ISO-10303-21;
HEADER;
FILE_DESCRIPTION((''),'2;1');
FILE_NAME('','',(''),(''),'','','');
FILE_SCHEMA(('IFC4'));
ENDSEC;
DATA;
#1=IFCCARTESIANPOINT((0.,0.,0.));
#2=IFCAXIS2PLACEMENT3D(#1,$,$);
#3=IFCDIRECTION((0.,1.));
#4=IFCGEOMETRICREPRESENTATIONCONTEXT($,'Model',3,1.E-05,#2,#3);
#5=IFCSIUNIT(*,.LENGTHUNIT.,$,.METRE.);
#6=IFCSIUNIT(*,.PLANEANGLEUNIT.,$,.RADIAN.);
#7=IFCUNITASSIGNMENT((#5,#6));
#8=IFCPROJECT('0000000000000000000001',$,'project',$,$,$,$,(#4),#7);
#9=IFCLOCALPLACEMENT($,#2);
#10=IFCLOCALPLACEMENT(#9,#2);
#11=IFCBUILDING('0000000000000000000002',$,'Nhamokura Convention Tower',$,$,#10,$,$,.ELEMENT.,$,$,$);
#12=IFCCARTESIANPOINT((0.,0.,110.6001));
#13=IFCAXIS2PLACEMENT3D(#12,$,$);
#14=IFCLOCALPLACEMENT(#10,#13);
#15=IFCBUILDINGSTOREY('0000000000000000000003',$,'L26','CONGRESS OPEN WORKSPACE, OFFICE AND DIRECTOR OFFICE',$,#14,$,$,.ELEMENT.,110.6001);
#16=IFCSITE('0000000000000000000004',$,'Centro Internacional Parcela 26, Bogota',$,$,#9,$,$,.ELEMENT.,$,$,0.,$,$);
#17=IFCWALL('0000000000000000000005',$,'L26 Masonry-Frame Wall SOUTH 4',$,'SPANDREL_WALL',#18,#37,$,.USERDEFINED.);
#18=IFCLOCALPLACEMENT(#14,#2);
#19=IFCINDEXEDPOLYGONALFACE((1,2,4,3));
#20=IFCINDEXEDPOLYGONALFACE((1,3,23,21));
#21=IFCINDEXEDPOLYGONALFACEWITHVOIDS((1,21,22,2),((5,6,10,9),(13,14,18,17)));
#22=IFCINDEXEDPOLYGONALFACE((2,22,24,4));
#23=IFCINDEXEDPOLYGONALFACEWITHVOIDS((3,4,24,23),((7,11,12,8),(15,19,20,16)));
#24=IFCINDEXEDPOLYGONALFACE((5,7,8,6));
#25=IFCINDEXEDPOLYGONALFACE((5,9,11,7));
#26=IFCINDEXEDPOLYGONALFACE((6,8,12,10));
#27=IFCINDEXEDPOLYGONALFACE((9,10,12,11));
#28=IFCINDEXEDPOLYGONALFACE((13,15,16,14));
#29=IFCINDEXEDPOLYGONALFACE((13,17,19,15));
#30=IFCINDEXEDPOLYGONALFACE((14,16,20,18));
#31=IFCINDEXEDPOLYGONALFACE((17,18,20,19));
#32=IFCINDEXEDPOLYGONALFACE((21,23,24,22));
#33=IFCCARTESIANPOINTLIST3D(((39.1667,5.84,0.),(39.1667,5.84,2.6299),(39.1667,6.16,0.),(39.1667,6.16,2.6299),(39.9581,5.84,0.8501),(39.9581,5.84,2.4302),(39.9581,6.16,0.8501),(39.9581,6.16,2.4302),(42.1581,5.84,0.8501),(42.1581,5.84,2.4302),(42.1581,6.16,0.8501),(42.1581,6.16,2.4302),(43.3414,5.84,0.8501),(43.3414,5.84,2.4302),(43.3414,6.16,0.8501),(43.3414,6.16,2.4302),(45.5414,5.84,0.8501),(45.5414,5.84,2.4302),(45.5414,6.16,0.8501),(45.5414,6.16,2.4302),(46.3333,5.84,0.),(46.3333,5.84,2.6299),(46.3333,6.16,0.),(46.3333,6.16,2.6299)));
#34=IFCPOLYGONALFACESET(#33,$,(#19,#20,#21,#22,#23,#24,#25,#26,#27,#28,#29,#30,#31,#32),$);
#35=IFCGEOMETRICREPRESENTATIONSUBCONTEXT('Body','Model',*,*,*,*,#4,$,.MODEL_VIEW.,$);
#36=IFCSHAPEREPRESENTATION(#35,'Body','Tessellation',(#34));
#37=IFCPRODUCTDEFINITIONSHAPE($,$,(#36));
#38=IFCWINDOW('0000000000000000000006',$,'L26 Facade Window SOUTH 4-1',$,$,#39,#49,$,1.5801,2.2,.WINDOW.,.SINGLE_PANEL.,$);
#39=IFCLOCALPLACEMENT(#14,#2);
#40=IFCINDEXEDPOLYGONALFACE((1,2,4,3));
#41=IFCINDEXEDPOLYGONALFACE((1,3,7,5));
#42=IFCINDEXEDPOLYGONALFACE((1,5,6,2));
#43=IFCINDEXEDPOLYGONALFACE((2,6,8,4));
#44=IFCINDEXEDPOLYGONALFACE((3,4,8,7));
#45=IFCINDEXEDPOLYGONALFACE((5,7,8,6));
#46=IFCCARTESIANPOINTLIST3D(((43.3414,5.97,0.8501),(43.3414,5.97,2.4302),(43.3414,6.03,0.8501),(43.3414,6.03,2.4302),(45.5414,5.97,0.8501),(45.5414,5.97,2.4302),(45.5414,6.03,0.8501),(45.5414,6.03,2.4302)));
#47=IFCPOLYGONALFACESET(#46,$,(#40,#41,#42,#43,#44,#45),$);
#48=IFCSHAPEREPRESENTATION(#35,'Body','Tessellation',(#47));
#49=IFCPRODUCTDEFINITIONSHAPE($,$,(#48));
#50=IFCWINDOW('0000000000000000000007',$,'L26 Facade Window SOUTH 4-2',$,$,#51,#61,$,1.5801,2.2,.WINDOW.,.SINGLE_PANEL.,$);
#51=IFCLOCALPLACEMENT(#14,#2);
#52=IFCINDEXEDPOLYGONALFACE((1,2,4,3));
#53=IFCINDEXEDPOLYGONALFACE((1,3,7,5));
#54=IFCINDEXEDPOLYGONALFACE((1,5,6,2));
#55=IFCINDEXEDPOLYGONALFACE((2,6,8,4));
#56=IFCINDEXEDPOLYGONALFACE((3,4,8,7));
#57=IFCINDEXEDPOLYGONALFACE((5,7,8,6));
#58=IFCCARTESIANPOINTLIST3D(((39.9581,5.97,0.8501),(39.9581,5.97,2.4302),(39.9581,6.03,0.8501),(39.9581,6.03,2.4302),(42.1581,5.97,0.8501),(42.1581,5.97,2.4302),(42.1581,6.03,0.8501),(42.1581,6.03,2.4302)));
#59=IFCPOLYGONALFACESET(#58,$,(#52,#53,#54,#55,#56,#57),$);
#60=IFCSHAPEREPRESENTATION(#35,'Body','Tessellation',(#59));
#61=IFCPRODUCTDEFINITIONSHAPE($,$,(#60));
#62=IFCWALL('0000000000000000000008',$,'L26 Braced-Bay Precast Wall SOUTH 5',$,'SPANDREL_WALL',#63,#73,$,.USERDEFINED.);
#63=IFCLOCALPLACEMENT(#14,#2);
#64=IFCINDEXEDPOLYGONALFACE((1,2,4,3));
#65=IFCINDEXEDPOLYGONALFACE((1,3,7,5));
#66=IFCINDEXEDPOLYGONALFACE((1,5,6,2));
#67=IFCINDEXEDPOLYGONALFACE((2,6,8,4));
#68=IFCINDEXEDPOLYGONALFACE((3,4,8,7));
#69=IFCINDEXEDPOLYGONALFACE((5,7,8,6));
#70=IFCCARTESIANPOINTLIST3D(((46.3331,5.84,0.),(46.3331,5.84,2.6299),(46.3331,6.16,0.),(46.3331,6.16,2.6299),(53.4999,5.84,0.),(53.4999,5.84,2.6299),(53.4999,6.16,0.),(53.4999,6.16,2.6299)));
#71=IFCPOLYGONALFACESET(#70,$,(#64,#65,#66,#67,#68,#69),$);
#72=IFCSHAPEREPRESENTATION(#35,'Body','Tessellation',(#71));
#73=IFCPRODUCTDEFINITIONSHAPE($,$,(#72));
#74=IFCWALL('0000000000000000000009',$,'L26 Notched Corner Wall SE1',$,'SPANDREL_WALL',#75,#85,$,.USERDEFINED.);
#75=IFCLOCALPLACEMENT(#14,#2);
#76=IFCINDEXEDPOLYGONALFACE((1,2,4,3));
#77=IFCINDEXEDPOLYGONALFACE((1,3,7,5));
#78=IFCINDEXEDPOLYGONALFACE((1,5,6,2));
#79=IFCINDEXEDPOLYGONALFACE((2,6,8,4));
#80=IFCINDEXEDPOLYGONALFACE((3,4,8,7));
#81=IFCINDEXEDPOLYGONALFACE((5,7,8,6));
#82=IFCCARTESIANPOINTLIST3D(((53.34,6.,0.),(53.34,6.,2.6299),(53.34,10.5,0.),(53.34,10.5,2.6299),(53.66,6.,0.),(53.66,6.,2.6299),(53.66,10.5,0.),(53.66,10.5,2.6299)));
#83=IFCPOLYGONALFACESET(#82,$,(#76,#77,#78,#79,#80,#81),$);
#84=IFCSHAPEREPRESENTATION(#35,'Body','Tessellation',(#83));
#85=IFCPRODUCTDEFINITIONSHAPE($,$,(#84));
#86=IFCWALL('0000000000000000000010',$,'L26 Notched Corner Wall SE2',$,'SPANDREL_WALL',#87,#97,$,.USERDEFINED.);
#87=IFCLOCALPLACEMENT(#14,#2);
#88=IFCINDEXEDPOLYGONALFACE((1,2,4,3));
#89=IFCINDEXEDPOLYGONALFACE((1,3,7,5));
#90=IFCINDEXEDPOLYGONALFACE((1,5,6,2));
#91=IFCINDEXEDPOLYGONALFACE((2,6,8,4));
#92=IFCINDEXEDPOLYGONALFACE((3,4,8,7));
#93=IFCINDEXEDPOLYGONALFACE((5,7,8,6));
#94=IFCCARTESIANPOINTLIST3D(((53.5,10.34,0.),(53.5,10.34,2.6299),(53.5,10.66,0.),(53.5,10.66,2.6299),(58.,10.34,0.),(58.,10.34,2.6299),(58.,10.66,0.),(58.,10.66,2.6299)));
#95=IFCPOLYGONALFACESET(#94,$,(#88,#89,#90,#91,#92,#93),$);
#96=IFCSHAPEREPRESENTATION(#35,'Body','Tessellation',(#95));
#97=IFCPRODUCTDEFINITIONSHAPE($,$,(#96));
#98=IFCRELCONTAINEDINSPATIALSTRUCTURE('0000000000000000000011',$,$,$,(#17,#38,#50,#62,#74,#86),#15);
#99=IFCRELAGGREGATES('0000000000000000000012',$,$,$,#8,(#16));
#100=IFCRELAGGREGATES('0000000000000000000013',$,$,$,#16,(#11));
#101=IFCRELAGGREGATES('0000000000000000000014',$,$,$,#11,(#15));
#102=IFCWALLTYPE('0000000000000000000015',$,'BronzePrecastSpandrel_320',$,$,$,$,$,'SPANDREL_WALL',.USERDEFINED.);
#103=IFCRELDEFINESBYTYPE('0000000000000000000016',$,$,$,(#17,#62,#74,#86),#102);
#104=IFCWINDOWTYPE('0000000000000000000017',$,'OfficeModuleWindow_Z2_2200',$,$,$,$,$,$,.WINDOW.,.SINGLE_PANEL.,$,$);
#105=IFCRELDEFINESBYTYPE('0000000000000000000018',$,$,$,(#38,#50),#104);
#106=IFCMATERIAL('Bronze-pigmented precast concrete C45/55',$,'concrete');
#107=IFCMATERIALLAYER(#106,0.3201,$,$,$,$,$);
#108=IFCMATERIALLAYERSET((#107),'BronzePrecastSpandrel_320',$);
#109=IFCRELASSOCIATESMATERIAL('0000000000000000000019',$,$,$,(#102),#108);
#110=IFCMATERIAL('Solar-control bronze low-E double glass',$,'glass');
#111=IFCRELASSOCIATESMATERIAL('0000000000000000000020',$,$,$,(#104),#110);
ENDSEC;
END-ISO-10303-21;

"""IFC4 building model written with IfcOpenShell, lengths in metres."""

from ifc_helpers import new_model, si_unit, direction, frame, frame_2d, origin, place, context, subcontext, project, spatial, rectangle, extrude, material, layer, layer_set, type_object, element, fill, save


model = new_model("IFC4")

# Units and contexts
model_context = context("Model", 3, precision=1e-05, world=origin(), true_north=direction((0.0, 1.0)))
body_context = subcontext(model_context, "Body", "Model", "MODEL_VIEW")
ifc_project = project(units=[si_unit("LENGTHUNIT", "METRE"), si_unit("PLANEANGLEUNIT", "RADIAN")], contexts=[model_context])

# Site, building, storey
site_placement = place(None, origin())
site = spatial("IfcSite", under=ifc_project, at=site_placement, Name="Centro Internacional Parcela 26, Bogota", CompositionType="ELEMENT", RefElevation=0.0)
building_placement = place(site_placement, origin())
building = spatial("IfcBuilding", under=site, at=building_placement, Name="Nhamokura Convention Tower", CompositionType="ELEMENT")
storey_placement = place(building_placement, frame((0.0, 0.0, 110.6001)))
storey = spatial("IfcBuildingStorey", under=building, at=storey_placement, Name="L26", Description="CONGRESS OPEN WORKSPACE, OFFICE AND DIRECTOR OFFICE", CompositionType="ELEMENT", Elevation=110.6001)

# Wall, openings, windows
ifc_material_1 = material(Name="Bronze-pigmented precast concrete C45/55", Category="concrete")
ifc_layer = layer(ifc_material_1, 0.3201)
ifc_layer_set = layer_set([ifc_layer], Name="BronzePrecastSpandrel_320")
wall_type = type_object("IfcWallType", Name="BronzePrecastSpandrel_320", ElementType="SPANDREL_WALL", PredefinedType="USERDEFINED", material=ifc_layer_set)
wall_1_placement = place(storey_placement, frame((46.3333, 6.0, 0.0), z_axis=(0.0, 0.0, 1.0), x_axis=(-1.0, 0.0, 0.0)))
wall_1 = element("IfcWall", 1, at=wall_1_placement, inside=storey, type_object=wall_type, Name="L26 Masonry-Frame Wall SOUTH 4", ObjectType="SPANDREL_WALL", PredefinedType="USERDEFINED", context=body_context, shape_type="SweptSolid", body=[
    extrude(rectangle(XDim=7.1665, YDim=0.3201, at=frame_2d((3.5833, 0.0))), origin(), (0.0, 0.0, 1.0), 2.6299),
])
opening_1_placement = place(wall_1_placement, frame((0.7917, 0.0, 0.8501)))
opening_1 = element("IfcOpeningElement", 2, at=opening_1_placement, cuts=wall_1, PredefinedType="OPENING", context=body_context, shape_type="SweptSolid", body=[
    extrude(rectangle(XDim=2.2, YDim=1.5801, at=frame_2d((1.1001, 0.79))), frame((0.0, 0.1699, 0.0), z_axis=(0.0, -1.0, 0.0), x_axis=(1.0, 0.0, 0.0)), (0.0, 0.0, 1.0), 0.3401),
])
opening_2_placement = place(wall_1_placement, frame((4.175, 0.0, 0.8501)))
opening_2 = element("IfcOpeningElement", 3, at=opening_2_placement, cuts=wall_1, PredefinedType="OPENING", context=body_context, shape_type="SweptSolid", body=[
    extrude(rectangle(XDim=2.2, YDim=1.5801, at=frame_2d((1.1001, 0.79))), frame((0.0, 0.1699, 0.0), z_axis=(0.0, -1.0, 0.0), x_axis=(1.0, 0.0, 0.0)), (0.0, 0.0, 1.0), 0.3401),
])
ifc_material_2 = material(Name="Solar-control bronze low-E double glass", Category="glass")
window_type = type_object("IfcWindowType", Name="OfficeModuleWindow_Z2_2200", PartitioningType="SINGLE_PANEL", PredefinedType="WINDOW", material=ifc_material_2)
window_1_placement = place(opening_1_placement, origin())
window_1 = element("IfcWindow", 4, at=window_1_placement, inside=storey, type_object=window_type, Name="L26 Facade Window SOUTH 4-1", OverallHeight=1.5801, OverallWidth=2.2, PartitioningType="SINGLE_PANEL", PredefinedType="WINDOW", context=body_context, shape_type="SweptSolid", body=[
    extrude(rectangle(XDim=2.2, YDim=1.5801, at=frame_2d((1.1001, 0.79))), frame((0.0, 0.03, 0.0), z_axis=(0.0, -1.0, 0.0), x_axis=(1.0, 0.0, 0.0)), (0.0, 0.0, 1.0), 0.0601),
])
fill(opening_1, window_1)
window_2_placement = place(opening_2_placement, origin())
window_2 = element("IfcWindow", 5, at=window_2_placement, inside=storey, type_object=window_type, Name="L26 Facade Window SOUTH 4-2", OverallHeight=1.5801, OverallWidth=2.2, PartitioningType="SINGLE_PANEL", PredefinedType="WINDOW", context=body_context, shape_type="SweptSolid", body=[
    extrude(rectangle(XDim=2.2, YDim=1.5801, at=frame_2d((1.1001, 0.79))), frame((0.0, 0.03, 0.0), z_axis=(0.0, -1.0, 0.0), x_axis=(1.0, 0.0, 0.0)), (0.0, 0.0, 1.0), 0.0601),
])
fill(opening_2, window_2)

# Walls
wall_2_placement = place(storey_placement, frame((53.5, 6.0, 0.0), z_axis=(0.0, 0.0, 1.0), x_axis=(-1.0, 0.0, 0.0)))
element("IfcWall", 6, at=wall_2_placement, inside=storey, type_object=wall_type, Name="L26 Braced-Bay Precast Wall SOUTH 5", ObjectType="SPANDREL_WALL", PredefinedType="USERDEFINED", context=body_context, shape_type="SweptSolid", body=[
    extrude(rectangle(XDim=7.1667, YDim=0.3201, at=frame_2d((3.5835, 0.0))), origin(), (0.0, 0.0, 1.0), 2.6299),
])
for number, where, z_axis, x_axis, name in (
    (7, (53.5, 10.5, 0.0), (0.0, 0.0, 1.0), (0.0, -1.0, 0.0), "L26 Notched Corner Wall SE1"),
    (8, (58.0, 10.5, 0.0), (0.0, 0.0, 1.0), (-1.0, 0.0, 0.0), "L26 Notched Corner Wall SE2"),
):
    element("IfcWall", number, at=place(storey_placement, frame(where, z_axis=z_axis, x_axis=x_axis)), inside=storey, type_object=wall_type, Name=name, ObjectType="SPANDREL_WALL", PredefinedType="USERDEFINED", context=body_context, shape_type="SweptSolid", body=[
        extrude(rectangle(XDim=4.5, YDim=0.3201, at=frame_2d((2.25, 0.0))), origin(), (0.0, 0.0, 1.0), 2.6299),
    ])

save(model, "model.ifc")
